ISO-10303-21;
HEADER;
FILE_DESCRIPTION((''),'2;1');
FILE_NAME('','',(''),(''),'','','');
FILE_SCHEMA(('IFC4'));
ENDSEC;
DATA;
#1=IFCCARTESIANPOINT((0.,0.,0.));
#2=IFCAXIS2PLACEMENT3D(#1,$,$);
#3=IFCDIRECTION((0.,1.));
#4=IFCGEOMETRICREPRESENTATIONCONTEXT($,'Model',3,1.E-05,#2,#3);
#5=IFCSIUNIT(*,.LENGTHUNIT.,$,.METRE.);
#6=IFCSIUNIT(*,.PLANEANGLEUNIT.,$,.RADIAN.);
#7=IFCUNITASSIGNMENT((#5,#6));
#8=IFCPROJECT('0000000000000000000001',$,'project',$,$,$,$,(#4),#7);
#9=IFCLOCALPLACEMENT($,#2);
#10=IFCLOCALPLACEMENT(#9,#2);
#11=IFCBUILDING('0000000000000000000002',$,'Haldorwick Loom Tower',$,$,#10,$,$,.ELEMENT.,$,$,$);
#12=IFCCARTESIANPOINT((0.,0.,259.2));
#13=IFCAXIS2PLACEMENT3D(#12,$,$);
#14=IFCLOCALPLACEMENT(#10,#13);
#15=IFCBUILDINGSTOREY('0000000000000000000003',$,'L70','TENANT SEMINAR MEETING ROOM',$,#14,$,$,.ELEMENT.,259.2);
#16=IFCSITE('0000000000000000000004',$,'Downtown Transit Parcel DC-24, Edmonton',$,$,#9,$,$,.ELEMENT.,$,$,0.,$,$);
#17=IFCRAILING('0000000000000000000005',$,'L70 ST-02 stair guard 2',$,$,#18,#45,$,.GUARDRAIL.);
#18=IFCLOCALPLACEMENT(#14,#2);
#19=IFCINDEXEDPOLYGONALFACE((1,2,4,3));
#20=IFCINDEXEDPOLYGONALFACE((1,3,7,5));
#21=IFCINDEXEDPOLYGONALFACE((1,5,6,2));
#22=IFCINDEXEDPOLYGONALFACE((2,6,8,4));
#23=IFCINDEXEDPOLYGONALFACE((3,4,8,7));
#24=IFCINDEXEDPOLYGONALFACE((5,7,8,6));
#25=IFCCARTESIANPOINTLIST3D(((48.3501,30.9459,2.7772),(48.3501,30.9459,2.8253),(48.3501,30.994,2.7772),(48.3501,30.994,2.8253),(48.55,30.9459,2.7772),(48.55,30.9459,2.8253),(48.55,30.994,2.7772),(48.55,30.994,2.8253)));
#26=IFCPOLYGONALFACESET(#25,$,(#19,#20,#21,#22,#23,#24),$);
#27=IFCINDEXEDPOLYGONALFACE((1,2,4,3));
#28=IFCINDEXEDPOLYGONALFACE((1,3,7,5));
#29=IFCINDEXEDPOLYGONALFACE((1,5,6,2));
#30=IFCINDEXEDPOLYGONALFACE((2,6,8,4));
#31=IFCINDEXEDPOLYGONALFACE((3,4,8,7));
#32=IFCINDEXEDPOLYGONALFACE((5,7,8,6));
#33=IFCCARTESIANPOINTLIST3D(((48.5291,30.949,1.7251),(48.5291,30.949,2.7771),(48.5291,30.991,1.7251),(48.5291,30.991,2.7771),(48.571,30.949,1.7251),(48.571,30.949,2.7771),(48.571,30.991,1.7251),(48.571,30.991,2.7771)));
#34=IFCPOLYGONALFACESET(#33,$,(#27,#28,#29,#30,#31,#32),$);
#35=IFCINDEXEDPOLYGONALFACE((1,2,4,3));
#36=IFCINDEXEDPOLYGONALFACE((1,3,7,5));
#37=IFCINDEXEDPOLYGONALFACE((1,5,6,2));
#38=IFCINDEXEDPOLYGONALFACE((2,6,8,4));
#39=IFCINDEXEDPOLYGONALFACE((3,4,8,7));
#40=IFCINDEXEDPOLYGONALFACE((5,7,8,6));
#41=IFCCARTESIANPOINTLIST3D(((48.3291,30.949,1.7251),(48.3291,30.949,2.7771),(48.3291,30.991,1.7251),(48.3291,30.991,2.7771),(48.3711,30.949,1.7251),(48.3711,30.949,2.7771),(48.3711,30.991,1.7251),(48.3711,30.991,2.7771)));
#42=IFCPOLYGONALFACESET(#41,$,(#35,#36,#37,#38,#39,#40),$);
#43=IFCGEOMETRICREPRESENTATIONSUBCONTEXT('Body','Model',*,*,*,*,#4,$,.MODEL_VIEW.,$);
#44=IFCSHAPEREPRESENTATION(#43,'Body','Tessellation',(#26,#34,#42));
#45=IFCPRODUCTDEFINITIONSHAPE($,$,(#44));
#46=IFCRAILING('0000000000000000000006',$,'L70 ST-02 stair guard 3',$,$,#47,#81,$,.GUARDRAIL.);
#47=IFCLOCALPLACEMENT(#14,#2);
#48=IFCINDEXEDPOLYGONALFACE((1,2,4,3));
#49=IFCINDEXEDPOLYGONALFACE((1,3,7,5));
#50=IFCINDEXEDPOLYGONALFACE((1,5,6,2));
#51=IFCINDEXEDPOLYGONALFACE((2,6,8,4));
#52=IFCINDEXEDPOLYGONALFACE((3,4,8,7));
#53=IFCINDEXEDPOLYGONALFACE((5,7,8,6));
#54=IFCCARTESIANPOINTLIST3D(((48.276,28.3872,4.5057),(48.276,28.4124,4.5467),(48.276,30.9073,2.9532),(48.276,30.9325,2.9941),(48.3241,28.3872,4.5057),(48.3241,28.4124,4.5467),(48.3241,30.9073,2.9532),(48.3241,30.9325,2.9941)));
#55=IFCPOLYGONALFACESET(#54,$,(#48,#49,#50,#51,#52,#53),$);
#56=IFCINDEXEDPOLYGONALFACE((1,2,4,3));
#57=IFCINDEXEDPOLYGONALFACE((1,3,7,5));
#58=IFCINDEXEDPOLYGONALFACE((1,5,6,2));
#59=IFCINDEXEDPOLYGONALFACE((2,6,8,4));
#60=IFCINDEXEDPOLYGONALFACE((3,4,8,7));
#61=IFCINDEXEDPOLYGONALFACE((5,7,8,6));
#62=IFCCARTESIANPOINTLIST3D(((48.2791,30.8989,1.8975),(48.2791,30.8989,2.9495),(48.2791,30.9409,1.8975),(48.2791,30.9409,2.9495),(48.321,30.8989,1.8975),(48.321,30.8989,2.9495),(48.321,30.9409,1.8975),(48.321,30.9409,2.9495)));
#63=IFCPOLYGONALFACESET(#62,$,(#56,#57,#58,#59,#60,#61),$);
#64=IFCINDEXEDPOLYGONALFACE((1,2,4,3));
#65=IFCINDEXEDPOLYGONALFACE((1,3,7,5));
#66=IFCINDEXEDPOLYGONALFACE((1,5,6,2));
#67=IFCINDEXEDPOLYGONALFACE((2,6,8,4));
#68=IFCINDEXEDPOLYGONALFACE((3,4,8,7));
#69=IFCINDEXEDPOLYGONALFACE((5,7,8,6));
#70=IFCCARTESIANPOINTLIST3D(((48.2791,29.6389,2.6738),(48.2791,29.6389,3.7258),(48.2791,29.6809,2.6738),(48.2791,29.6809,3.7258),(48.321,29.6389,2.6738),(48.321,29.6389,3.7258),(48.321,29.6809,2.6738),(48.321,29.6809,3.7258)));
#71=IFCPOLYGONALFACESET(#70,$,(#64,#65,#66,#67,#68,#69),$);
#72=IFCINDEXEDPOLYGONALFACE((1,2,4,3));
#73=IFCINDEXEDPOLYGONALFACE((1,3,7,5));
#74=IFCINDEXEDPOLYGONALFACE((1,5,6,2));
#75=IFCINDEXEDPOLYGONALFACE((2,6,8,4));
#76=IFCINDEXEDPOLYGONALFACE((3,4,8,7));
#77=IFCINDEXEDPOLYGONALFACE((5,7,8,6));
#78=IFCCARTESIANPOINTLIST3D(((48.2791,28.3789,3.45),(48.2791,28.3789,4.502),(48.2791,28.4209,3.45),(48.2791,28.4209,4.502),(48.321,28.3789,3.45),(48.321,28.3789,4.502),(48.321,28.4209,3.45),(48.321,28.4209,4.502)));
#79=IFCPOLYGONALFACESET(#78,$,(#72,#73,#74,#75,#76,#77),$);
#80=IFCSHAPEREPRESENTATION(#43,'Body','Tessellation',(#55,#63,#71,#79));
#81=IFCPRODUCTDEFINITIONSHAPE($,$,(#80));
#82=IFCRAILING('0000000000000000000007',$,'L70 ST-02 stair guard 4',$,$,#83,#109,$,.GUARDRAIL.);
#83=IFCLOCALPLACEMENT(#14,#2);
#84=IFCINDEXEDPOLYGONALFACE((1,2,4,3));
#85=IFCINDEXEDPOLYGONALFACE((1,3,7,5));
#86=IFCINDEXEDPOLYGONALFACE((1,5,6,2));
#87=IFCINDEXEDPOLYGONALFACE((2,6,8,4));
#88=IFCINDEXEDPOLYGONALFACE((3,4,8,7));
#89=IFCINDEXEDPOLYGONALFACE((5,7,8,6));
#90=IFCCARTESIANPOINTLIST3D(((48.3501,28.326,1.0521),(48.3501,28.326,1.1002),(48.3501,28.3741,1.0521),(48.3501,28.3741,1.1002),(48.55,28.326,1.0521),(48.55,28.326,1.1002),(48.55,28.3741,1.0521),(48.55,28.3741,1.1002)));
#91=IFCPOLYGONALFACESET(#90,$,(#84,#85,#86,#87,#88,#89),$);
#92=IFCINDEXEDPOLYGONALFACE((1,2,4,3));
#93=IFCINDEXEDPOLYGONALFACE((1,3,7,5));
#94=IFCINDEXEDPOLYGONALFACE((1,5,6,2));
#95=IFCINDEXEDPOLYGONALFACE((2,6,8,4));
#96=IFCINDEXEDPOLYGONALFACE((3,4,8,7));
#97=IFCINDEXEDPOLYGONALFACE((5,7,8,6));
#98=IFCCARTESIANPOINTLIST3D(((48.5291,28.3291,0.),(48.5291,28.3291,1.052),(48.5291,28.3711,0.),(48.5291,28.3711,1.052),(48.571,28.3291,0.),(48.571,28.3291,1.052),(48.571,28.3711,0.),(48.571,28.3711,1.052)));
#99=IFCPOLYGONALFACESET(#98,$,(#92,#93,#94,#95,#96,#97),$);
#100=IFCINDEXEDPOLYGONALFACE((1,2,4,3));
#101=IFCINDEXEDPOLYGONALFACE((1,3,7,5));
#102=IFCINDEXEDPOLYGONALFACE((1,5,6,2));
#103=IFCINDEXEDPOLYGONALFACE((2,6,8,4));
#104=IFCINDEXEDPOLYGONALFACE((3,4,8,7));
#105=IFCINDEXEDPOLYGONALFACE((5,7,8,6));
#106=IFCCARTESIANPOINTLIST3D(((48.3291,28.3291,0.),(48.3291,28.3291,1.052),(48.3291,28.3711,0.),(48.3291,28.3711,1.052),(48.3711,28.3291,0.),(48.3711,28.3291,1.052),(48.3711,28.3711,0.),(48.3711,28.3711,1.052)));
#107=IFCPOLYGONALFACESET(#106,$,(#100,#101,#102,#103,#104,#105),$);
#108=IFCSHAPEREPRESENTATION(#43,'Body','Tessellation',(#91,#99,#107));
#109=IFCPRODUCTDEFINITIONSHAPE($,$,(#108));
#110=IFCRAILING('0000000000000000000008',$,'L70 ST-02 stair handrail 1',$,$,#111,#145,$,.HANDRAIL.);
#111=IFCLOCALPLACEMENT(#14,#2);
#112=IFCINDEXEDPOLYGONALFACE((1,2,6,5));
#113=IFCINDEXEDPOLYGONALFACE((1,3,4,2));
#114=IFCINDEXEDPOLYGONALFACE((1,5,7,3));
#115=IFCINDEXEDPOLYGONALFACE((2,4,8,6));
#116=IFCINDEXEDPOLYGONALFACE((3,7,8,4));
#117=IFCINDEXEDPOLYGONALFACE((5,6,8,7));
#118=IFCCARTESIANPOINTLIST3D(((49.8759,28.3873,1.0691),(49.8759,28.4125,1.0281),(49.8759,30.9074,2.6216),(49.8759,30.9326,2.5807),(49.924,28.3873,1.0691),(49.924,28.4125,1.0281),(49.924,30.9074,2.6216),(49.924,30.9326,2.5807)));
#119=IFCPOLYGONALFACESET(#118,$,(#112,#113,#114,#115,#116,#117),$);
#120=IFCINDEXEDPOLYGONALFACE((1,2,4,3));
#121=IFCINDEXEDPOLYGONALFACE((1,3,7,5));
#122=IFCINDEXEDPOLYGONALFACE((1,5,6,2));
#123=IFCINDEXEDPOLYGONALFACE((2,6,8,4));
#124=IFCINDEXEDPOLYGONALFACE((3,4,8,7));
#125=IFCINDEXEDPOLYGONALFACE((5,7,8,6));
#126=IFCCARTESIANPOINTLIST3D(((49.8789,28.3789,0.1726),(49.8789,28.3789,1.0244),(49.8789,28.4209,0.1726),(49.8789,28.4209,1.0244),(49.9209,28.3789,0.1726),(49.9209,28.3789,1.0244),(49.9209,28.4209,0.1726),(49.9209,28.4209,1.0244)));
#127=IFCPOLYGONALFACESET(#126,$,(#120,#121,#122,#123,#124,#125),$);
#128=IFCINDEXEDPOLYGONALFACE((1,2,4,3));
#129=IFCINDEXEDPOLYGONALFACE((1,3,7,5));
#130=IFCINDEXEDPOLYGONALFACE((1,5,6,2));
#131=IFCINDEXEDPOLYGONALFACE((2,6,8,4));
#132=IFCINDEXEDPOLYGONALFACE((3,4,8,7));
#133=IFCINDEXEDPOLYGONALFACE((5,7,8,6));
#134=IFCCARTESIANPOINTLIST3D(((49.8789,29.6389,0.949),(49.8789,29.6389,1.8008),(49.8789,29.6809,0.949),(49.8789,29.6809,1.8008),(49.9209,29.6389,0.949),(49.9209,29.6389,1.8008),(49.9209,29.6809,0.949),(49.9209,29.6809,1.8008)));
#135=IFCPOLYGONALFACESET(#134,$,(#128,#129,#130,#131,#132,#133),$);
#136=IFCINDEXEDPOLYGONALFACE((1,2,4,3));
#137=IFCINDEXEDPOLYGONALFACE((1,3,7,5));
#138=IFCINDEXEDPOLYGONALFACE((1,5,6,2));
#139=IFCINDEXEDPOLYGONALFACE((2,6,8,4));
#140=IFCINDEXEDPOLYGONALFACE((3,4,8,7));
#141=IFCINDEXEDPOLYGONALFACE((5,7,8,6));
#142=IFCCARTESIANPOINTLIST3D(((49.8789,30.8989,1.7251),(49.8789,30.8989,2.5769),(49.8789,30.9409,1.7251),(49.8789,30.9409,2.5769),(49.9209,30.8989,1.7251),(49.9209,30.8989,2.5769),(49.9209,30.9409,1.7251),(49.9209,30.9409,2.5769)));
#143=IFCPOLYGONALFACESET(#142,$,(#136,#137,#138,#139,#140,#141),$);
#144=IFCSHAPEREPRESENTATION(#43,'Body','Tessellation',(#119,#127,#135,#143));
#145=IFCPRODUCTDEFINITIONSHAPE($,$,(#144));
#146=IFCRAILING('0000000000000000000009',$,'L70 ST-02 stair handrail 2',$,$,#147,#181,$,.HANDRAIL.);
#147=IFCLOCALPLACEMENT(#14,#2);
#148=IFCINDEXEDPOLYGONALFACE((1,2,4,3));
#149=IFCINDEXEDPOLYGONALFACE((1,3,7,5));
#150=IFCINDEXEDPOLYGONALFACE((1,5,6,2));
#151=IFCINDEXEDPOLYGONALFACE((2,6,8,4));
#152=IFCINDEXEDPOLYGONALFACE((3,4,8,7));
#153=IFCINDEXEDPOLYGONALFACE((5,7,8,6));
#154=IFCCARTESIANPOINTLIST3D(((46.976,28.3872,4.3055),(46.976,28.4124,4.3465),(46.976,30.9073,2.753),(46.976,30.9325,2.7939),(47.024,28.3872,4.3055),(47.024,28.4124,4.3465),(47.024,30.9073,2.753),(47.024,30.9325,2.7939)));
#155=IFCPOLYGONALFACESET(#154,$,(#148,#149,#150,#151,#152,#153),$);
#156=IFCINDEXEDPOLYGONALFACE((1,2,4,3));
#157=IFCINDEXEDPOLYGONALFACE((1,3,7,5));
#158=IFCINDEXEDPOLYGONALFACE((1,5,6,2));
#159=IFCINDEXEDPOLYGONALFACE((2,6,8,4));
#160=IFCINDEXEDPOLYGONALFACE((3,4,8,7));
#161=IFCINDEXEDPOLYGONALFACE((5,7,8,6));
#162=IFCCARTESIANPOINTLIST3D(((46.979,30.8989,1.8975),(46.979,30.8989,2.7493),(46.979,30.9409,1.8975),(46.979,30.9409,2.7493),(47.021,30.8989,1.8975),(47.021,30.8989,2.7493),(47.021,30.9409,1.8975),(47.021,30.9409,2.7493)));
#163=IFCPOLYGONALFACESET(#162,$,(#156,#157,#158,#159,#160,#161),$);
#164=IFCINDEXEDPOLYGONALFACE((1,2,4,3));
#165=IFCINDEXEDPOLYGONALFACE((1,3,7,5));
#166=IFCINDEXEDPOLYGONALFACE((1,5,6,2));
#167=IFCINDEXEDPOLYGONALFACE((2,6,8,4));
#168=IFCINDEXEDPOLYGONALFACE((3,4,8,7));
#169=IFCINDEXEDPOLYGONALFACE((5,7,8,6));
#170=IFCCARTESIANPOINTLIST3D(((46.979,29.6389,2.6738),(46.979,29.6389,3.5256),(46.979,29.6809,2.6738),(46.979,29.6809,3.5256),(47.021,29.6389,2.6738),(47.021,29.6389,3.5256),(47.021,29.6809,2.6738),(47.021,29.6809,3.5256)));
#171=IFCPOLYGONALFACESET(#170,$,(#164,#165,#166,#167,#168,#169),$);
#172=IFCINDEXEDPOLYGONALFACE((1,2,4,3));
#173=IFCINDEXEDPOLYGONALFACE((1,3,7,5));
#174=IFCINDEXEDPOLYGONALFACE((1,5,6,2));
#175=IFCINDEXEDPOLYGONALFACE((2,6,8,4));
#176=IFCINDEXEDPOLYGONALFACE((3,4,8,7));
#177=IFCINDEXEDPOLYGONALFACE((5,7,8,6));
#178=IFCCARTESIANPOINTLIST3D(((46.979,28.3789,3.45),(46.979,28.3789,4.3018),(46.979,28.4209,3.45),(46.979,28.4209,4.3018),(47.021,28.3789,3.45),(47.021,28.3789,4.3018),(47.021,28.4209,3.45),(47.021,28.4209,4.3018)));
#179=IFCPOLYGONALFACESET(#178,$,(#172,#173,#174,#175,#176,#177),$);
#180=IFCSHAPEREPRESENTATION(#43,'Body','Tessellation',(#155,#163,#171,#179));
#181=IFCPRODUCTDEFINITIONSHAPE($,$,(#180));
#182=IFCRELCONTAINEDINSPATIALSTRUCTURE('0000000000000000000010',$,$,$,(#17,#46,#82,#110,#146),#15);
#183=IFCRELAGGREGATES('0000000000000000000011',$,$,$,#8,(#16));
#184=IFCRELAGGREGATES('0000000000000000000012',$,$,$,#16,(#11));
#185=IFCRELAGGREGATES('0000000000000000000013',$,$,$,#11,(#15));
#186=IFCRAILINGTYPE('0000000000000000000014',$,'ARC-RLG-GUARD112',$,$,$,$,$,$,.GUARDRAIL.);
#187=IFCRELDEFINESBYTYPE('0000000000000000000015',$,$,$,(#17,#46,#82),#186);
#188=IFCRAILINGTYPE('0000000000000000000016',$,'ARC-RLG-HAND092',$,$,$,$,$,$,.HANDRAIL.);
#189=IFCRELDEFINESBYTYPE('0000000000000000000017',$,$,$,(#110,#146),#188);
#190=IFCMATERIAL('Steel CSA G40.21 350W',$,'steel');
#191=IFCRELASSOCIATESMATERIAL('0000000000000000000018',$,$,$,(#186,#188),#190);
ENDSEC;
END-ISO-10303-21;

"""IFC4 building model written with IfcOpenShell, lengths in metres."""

from ifc_helpers import new_model, si_unit, direction, frame, origin, origin_2d, place, context, subcontext, project, spatial, rectangle, extrude, material, type_object, element, save


model = new_model("IFC4")

# Units and contexts
model_context = context("Model", 3, precision=1e-05, world=origin(), true_north=direction((0.0, 1.0)))
body_context = subcontext(model_context, "Body", "Model", "MODEL_VIEW")
ifc_project = project(units=[si_unit("LENGTHUNIT", "METRE"), si_unit("PLANEANGLEUNIT", "RADIAN")], contexts=[model_context])

# Site, building, storey
site_placement = place(None, origin())
site = spatial("IfcSite", under=ifc_project, at=site_placement, Name="Downtown Transit Parcel DC-24, Edmonton", CompositionType="ELEMENT", RefElevation=0.0)
building_placement = place(site_placement, origin())
building = spatial("IfcBuilding", under=site, at=building_placement, Name="Haldorwick Loom Tower", CompositionType="ELEMENT")
storey_placement = place(building_placement, frame((0.0, 0.0, 259.2)))
storey = spatial("IfcBuildingStorey", under=building, at=storey_placement, Name="L70", Description="TENANT SEMINAR MEETING ROOM", CompositionType="ELEMENT", Elevation=259.2)

# Shared definitions
ifc_material_1 = material(Name="Steel CSA G40.21 350W", Category="steel")

# Railings
railing_type_1 = type_object("IfcRailingType", Name="ARC-RLG-GUARD112", PredefinedType="GUARDRAIL", material=ifc_material_1)
railing_1_placement = place(storey_placement, frame((48.55, 30.97, 1.7251)))
element("IfcRailing", 1, at=railing_1_placement, inside=storey, type_object=railing_type_1, Name="L70 ST-02 stair guard 2", PredefinedType="GUARDRAIL", context=body_context, shape_type="SweptSolid", body=[
    extrude(rectangle(XDim=0.0481, YDim=0.0481, at=origin_2d()), frame((0.0, 0.0, 1.0762), z_axis=(-1.0, 0.0, 0.0), x_axis=(0.0, -1.0, 0.0)), (0.0, 0.0, 1.0), 0.2),
    extrude(rectangle(XDim=0.042, YDim=0.042, at=origin_2d()), origin(), (0.0, 0.0, 1.0), 1.052),
    extrude(rectangle(XDim=0.042, YDim=0.042, at=origin_2d()), frame((-0.2, 0.0, 0.0)), (0.0, 0.0, 1.0), 1.052),
])
railing_2_placement = place(storey_placement, frame((48.3, 30.9199, 1.8975)))
element("IfcRailing", 2, at=railing_2_placement, inside=storey, type_object=railing_type_1, Name="L70 ST-02 stair guard 3", PredefinedType="GUARDRAIL", context=body_context, shape_type="SweptSolid", body=[
    extrude(rectangle(XDim=0.0481, YDim=0.0481, at=origin_2d()), frame((0.0, 0.0, 1.0762), z_axis=(0.0, -0.8514, 0.524516), x_axis=(1.0, 0.0, 0.0)), (0.0, 0.0, 1.0), 2.96),
    extrude(rectangle(XDim=0.042, YDim=0.042, at=origin_2d()), origin(), (0.0, 0.0, 1.0), 1.052),
    extrude(rectangle(XDim=0.042, YDim=0.042, at=origin_2d()), frame((0.0, -1.26, 0.7764)), (0.0, 0.0, 1.0), 1.052),
    extrude(rectangle(XDim=0.042, YDim=0.042, at=origin_2d()), frame((0.0, -2.52, 1.5525)), (0.0, 0.0, 1.0), 1.052),
])
railing_3_placement = place(storey_placement, frame((48.55, 28.3501, 0.0)))
element("IfcRailing", 3, at=railing_3_placement, inside=storey, type_object=railing_type_1, Name="L70 ST-02 stair guard 4", PredefinedType="GUARDRAIL", context=body_context, shape_type="SweptSolid", body=[
    extrude(rectangle(XDim=0.0481, YDim=0.0481, at=origin_2d()), frame((0.0, 0.0, 1.0762), z_axis=(-1.0, 0.0, 0.0), x_axis=(0.0, -1.0, 0.0)), (0.0, 0.0, 1.0), 0.2),
    extrude(rectangle(XDim=0.042, YDim=0.042, at=origin_2d()), origin(), (0.0, 0.0, 1.0), 1.052),
    extrude(rectangle(XDim=0.042, YDim=0.042, at=origin_2d()), frame((-0.2, 0.0, 0.0)), (0.0, 0.0, 1.0), 1.052),
])
railing_type_2 = type_object("IfcRailingType", Name="ARC-RLG-HAND092", PredefinedType="HANDRAIL", material=ifc_material_1)
railing_4_placement = place(storey_placement, frame((49.8999, 28.3999, 0.1726)))
element("IfcRailing", 4, at=railing_4_placement, inside=storey, type_object=railing_type_2, Name="L70 ST-02 stair handrail 1", PredefinedType="HANDRAIL", context=body_context, shape_type="SweptSolid", body=[
    extrude(rectangle(XDim=0.0481, YDim=0.0481, at=origin_2d()), frame((0.0, 0.0, 0.876), z_axis=(0.0, 0.8514, 0.524516), x_axis=(-1.0, 0.0, 0.0)), (0.0, 0.0, 1.0), 2.96),
    extrude(rectangle(XDim=0.042, YDim=0.042, at=origin_2d()), origin(), (0.0, 0.0, 1.0), 0.8518),
    extrude(rectangle(XDim=0.042, YDim=0.042, at=origin_2d()), frame((0.0, 1.26, 0.7764)), (0.0, 0.0, 1.0), 0.8518),
    extrude(rectangle(XDim=0.042, YDim=0.042, at=origin_2d()), frame((0.0, 2.52, 1.5525)), (0.0, 0.0, 1.0), 0.8518),
])
railing_5_placement = place(storey_placement, frame((47.0, 30.9199, 1.8975)))
element("IfcRailing", 5, at=railing_5_placement, inside=storey, type_object=railing_type_2, Name="L70 ST-02 stair handrail 2", PredefinedType="HANDRAIL", context=body_context, shape_type="SweptSolid", body=[
    extrude(rectangle(XDim=0.0481, YDim=0.0481, at=origin_2d()), frame((0.0, 0.0, 0.876), z_axis=(0.0, -0.8514, 0.524516), x_axis=(1.0, 0.0, 0.0)), (0.0, 0.0, 1.0), 2.96),
    extrude(rectangle(XDim=0.042, YDim=0.042, at=origin_2d()), origin(), (0.0, 0.0, 1.0), 0.8518),
    extrude(rectangle(XDim=0.042, YDim=0.042, at=origin_2d()), frame((0.0, -1.26, 0.7764)), (0.0, 0.0, 1.0), 0.8518),
    extrude(rectangle(XDim=0.042, YDim=0.042, at=origin_2d()), frame((0.0, -2.52, 1.5525)), (0.0, 0.0, 1.0), 0.8518),
])

save(model, "model.ifc")
